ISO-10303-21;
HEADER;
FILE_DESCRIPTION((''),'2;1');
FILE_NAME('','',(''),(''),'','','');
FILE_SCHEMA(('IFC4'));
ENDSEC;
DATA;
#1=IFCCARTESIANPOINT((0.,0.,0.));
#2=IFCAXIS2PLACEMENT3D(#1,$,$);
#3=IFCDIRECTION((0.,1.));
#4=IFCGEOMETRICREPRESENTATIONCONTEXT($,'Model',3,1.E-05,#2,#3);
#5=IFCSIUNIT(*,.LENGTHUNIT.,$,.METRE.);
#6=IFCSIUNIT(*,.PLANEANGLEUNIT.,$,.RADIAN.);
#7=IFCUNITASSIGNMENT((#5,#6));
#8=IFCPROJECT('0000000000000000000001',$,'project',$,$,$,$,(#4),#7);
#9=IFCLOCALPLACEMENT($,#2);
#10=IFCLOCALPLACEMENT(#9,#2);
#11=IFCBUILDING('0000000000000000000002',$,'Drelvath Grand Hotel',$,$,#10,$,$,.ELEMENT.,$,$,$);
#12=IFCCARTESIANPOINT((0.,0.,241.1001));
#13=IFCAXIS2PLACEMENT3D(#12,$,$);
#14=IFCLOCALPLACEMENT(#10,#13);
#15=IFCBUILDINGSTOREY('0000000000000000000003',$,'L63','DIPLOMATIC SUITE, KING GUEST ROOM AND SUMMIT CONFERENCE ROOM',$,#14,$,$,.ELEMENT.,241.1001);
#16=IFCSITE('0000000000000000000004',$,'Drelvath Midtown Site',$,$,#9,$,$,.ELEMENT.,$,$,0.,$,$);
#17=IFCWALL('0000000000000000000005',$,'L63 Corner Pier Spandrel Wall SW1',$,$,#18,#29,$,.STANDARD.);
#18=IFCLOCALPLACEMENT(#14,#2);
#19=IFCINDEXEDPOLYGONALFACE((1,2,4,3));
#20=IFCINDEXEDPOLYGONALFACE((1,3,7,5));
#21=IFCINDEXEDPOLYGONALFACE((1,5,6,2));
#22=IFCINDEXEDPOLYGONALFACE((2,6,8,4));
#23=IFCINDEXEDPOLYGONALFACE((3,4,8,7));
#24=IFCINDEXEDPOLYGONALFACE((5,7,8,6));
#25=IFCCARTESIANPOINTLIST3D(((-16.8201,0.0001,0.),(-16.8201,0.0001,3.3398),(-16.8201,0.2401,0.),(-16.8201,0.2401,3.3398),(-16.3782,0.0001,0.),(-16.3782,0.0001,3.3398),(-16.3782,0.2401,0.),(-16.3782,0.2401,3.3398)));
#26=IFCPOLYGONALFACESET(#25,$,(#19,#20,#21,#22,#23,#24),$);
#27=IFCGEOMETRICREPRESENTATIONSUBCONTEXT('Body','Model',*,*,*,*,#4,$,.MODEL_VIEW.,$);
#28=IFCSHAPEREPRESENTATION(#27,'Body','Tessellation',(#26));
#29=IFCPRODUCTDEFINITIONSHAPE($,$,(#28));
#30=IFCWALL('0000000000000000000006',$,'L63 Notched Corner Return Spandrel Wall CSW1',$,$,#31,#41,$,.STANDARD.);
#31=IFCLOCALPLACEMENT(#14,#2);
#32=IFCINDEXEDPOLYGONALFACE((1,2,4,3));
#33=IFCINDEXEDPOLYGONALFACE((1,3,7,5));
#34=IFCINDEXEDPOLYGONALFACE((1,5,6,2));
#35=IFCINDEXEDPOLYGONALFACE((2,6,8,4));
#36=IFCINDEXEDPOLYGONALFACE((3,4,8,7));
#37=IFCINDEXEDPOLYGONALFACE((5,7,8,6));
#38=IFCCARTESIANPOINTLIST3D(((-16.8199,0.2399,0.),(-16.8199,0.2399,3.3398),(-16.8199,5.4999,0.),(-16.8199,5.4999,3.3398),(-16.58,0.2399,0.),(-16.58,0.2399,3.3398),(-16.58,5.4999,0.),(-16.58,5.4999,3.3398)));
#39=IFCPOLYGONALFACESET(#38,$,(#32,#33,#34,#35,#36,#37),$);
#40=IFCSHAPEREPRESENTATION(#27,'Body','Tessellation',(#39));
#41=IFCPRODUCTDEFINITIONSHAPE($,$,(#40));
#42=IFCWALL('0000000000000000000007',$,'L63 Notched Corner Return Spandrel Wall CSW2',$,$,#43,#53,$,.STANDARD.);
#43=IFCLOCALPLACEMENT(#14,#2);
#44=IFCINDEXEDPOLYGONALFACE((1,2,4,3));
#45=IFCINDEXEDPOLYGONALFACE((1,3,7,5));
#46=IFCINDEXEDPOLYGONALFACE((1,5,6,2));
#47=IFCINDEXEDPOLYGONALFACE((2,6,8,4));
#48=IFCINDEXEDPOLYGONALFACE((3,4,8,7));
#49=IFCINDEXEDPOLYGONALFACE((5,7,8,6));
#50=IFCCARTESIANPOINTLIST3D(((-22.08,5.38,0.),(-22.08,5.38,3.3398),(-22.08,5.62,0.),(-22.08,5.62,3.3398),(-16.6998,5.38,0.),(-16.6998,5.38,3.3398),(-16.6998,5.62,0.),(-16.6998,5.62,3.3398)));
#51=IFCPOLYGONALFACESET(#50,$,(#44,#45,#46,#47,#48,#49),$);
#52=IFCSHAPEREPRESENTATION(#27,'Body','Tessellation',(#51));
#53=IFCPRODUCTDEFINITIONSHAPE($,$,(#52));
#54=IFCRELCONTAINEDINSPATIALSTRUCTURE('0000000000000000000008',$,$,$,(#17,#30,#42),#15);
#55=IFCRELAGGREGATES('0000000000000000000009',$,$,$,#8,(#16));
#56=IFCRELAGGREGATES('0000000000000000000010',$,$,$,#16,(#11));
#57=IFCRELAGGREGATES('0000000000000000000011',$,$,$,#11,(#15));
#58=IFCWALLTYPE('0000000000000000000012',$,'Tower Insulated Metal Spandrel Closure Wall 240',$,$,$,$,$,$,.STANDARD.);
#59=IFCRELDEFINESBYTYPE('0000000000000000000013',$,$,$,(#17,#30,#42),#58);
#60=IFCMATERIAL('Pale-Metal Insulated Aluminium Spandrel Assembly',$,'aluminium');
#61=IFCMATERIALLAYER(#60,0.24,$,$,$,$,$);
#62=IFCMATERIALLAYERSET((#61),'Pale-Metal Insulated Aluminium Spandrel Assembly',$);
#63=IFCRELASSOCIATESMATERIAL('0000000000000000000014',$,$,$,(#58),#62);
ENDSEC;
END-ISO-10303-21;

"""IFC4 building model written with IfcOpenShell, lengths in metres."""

from ifc_helpers import new_model, si_unit, direction, frame, frame_2d, origin, place, context, subcontext, project, spatial, rectangle, extrude, material, layer, layer_set, type_object, element, save


model = new_model("IFC4")

# Units and contexts
model_context = context("Model", 3, precision=1e-05, world=origin(), true_north=direction((0.0, 1.0)))
body_context = subcontext(model_context, "Body", "Model", "MODEL_VIEW")
ifc_project = project(units=[si_unit("LENGTHUNIT", "METRE"), si_unit("PLANEANGLEUNIT", "RADIAN")], contexts=[model_context])

# Site, building, storey
site_placement = place(None, origin())
site = spatial("IfcSite", under=ifc_project, at=site_placement, Name="Drelvath Midtown Site", CompositionType="ELEMENT", RefElevation=0.0)
building_placement = place(site_placement, origin())
building = spatial("IfcBuilding", under=site, at=building_placement, Name="Drelvath Grand Hotel", CompositionType="ELEMENT")
storey_placement = place(building_placement, frame((0.0, 0.0, 241.1001)))
storey = spatial("IfcBuildingStorey", under=building, at=storey_placement, Name="L63", Description="DIPLOMATIC SUITE, KING GUEST ROOM AND SUMMIT CONFERENCE ROOM", CompositionType="ELEMENT", Elevation=241.1001)

# Walls
ifc_material_1 = material(Name="Pale-Metal Insulated Aluminium Spandrel Assembly", Category="aluminium")
ifc_layer_1 = layer(ifc_material_1, 0.24)
ifc_layer_set_1 = layer_set([ifc_layer_1], Name="Pale-Metal Insulated Aluminium Spandrel Assembly")
wall_type_1 = type_object("IfcWallType", Name="Tower Insulated Metal Spandrel Closure Wall 240", PredefinedType="STANDARD", material=ifc_layer_set_1)
wall_1_placement = place(storey_placement, frame((-16.3782, 0.1201, 0.0), z_axis=(0.0, 0.0, 1.0), x_axis=(-1.0, 0.0, 0.0)))
element("IfcWall", 1, at=wall_1_placement, inside=storey, type_object=wall_type_1, Name="L63 Corner Pier Spandrel Wall SW1", PredefinedType="STANDARD", context=body_context, shape_type="SweptSolid", body=[
    extrude(rectangle(XDim=0.4419, YDim=0.24, at=frame_2d((0.2209, 0.0))), origin(), (0.0, 0.0, 1.0), 3.3398),
])
wall_2_placement = place(storey_placement, frame((-16.7, 0.24, 0.0), z_axis=(0.0, 0.0, 1.0), x_axis=(0.0, 1.0, 0.0)))
element("IfcWall", 2, at=wall_2_placement, inside=storey, type_object=wall_type_1, Name="L63 Notched Corner Return Spandrel Wall CSW1", PredefinedType="STANDARD", context=body_context, shape_type="SweptSolid", body=[
    extrude(rectangle(XDim=5.26, YDim=0.24, at=frame_2d((2.6299, 0.0))), origin(), (0.0, 0.0, 1.0), 3.3398),
])
wall_3_placement = place(storey_placement, frame((-16.7, 5.5, 0.0), z_axis=(0.0, 0.0, 1.0), x_axis=(-1.0, 0.0, 0.0)))
element("IfcWall", 3, at=wall_3_placement, inside=storey, type_object=wall_type_1, Name="L63 Notched Corner Return Spandrel Wall CSW2", PredefinedType="STANDARD", context=body_context, shape_type="SweptSolid", body=[
    extrude(rectangle(XDim=5.3801, YDim=0.24, at=frame_2d((2.6899, 0.0))), origin(), (0.0, 0.0, 1.0), 3.3398),
])

save(model, "model.ifc")
